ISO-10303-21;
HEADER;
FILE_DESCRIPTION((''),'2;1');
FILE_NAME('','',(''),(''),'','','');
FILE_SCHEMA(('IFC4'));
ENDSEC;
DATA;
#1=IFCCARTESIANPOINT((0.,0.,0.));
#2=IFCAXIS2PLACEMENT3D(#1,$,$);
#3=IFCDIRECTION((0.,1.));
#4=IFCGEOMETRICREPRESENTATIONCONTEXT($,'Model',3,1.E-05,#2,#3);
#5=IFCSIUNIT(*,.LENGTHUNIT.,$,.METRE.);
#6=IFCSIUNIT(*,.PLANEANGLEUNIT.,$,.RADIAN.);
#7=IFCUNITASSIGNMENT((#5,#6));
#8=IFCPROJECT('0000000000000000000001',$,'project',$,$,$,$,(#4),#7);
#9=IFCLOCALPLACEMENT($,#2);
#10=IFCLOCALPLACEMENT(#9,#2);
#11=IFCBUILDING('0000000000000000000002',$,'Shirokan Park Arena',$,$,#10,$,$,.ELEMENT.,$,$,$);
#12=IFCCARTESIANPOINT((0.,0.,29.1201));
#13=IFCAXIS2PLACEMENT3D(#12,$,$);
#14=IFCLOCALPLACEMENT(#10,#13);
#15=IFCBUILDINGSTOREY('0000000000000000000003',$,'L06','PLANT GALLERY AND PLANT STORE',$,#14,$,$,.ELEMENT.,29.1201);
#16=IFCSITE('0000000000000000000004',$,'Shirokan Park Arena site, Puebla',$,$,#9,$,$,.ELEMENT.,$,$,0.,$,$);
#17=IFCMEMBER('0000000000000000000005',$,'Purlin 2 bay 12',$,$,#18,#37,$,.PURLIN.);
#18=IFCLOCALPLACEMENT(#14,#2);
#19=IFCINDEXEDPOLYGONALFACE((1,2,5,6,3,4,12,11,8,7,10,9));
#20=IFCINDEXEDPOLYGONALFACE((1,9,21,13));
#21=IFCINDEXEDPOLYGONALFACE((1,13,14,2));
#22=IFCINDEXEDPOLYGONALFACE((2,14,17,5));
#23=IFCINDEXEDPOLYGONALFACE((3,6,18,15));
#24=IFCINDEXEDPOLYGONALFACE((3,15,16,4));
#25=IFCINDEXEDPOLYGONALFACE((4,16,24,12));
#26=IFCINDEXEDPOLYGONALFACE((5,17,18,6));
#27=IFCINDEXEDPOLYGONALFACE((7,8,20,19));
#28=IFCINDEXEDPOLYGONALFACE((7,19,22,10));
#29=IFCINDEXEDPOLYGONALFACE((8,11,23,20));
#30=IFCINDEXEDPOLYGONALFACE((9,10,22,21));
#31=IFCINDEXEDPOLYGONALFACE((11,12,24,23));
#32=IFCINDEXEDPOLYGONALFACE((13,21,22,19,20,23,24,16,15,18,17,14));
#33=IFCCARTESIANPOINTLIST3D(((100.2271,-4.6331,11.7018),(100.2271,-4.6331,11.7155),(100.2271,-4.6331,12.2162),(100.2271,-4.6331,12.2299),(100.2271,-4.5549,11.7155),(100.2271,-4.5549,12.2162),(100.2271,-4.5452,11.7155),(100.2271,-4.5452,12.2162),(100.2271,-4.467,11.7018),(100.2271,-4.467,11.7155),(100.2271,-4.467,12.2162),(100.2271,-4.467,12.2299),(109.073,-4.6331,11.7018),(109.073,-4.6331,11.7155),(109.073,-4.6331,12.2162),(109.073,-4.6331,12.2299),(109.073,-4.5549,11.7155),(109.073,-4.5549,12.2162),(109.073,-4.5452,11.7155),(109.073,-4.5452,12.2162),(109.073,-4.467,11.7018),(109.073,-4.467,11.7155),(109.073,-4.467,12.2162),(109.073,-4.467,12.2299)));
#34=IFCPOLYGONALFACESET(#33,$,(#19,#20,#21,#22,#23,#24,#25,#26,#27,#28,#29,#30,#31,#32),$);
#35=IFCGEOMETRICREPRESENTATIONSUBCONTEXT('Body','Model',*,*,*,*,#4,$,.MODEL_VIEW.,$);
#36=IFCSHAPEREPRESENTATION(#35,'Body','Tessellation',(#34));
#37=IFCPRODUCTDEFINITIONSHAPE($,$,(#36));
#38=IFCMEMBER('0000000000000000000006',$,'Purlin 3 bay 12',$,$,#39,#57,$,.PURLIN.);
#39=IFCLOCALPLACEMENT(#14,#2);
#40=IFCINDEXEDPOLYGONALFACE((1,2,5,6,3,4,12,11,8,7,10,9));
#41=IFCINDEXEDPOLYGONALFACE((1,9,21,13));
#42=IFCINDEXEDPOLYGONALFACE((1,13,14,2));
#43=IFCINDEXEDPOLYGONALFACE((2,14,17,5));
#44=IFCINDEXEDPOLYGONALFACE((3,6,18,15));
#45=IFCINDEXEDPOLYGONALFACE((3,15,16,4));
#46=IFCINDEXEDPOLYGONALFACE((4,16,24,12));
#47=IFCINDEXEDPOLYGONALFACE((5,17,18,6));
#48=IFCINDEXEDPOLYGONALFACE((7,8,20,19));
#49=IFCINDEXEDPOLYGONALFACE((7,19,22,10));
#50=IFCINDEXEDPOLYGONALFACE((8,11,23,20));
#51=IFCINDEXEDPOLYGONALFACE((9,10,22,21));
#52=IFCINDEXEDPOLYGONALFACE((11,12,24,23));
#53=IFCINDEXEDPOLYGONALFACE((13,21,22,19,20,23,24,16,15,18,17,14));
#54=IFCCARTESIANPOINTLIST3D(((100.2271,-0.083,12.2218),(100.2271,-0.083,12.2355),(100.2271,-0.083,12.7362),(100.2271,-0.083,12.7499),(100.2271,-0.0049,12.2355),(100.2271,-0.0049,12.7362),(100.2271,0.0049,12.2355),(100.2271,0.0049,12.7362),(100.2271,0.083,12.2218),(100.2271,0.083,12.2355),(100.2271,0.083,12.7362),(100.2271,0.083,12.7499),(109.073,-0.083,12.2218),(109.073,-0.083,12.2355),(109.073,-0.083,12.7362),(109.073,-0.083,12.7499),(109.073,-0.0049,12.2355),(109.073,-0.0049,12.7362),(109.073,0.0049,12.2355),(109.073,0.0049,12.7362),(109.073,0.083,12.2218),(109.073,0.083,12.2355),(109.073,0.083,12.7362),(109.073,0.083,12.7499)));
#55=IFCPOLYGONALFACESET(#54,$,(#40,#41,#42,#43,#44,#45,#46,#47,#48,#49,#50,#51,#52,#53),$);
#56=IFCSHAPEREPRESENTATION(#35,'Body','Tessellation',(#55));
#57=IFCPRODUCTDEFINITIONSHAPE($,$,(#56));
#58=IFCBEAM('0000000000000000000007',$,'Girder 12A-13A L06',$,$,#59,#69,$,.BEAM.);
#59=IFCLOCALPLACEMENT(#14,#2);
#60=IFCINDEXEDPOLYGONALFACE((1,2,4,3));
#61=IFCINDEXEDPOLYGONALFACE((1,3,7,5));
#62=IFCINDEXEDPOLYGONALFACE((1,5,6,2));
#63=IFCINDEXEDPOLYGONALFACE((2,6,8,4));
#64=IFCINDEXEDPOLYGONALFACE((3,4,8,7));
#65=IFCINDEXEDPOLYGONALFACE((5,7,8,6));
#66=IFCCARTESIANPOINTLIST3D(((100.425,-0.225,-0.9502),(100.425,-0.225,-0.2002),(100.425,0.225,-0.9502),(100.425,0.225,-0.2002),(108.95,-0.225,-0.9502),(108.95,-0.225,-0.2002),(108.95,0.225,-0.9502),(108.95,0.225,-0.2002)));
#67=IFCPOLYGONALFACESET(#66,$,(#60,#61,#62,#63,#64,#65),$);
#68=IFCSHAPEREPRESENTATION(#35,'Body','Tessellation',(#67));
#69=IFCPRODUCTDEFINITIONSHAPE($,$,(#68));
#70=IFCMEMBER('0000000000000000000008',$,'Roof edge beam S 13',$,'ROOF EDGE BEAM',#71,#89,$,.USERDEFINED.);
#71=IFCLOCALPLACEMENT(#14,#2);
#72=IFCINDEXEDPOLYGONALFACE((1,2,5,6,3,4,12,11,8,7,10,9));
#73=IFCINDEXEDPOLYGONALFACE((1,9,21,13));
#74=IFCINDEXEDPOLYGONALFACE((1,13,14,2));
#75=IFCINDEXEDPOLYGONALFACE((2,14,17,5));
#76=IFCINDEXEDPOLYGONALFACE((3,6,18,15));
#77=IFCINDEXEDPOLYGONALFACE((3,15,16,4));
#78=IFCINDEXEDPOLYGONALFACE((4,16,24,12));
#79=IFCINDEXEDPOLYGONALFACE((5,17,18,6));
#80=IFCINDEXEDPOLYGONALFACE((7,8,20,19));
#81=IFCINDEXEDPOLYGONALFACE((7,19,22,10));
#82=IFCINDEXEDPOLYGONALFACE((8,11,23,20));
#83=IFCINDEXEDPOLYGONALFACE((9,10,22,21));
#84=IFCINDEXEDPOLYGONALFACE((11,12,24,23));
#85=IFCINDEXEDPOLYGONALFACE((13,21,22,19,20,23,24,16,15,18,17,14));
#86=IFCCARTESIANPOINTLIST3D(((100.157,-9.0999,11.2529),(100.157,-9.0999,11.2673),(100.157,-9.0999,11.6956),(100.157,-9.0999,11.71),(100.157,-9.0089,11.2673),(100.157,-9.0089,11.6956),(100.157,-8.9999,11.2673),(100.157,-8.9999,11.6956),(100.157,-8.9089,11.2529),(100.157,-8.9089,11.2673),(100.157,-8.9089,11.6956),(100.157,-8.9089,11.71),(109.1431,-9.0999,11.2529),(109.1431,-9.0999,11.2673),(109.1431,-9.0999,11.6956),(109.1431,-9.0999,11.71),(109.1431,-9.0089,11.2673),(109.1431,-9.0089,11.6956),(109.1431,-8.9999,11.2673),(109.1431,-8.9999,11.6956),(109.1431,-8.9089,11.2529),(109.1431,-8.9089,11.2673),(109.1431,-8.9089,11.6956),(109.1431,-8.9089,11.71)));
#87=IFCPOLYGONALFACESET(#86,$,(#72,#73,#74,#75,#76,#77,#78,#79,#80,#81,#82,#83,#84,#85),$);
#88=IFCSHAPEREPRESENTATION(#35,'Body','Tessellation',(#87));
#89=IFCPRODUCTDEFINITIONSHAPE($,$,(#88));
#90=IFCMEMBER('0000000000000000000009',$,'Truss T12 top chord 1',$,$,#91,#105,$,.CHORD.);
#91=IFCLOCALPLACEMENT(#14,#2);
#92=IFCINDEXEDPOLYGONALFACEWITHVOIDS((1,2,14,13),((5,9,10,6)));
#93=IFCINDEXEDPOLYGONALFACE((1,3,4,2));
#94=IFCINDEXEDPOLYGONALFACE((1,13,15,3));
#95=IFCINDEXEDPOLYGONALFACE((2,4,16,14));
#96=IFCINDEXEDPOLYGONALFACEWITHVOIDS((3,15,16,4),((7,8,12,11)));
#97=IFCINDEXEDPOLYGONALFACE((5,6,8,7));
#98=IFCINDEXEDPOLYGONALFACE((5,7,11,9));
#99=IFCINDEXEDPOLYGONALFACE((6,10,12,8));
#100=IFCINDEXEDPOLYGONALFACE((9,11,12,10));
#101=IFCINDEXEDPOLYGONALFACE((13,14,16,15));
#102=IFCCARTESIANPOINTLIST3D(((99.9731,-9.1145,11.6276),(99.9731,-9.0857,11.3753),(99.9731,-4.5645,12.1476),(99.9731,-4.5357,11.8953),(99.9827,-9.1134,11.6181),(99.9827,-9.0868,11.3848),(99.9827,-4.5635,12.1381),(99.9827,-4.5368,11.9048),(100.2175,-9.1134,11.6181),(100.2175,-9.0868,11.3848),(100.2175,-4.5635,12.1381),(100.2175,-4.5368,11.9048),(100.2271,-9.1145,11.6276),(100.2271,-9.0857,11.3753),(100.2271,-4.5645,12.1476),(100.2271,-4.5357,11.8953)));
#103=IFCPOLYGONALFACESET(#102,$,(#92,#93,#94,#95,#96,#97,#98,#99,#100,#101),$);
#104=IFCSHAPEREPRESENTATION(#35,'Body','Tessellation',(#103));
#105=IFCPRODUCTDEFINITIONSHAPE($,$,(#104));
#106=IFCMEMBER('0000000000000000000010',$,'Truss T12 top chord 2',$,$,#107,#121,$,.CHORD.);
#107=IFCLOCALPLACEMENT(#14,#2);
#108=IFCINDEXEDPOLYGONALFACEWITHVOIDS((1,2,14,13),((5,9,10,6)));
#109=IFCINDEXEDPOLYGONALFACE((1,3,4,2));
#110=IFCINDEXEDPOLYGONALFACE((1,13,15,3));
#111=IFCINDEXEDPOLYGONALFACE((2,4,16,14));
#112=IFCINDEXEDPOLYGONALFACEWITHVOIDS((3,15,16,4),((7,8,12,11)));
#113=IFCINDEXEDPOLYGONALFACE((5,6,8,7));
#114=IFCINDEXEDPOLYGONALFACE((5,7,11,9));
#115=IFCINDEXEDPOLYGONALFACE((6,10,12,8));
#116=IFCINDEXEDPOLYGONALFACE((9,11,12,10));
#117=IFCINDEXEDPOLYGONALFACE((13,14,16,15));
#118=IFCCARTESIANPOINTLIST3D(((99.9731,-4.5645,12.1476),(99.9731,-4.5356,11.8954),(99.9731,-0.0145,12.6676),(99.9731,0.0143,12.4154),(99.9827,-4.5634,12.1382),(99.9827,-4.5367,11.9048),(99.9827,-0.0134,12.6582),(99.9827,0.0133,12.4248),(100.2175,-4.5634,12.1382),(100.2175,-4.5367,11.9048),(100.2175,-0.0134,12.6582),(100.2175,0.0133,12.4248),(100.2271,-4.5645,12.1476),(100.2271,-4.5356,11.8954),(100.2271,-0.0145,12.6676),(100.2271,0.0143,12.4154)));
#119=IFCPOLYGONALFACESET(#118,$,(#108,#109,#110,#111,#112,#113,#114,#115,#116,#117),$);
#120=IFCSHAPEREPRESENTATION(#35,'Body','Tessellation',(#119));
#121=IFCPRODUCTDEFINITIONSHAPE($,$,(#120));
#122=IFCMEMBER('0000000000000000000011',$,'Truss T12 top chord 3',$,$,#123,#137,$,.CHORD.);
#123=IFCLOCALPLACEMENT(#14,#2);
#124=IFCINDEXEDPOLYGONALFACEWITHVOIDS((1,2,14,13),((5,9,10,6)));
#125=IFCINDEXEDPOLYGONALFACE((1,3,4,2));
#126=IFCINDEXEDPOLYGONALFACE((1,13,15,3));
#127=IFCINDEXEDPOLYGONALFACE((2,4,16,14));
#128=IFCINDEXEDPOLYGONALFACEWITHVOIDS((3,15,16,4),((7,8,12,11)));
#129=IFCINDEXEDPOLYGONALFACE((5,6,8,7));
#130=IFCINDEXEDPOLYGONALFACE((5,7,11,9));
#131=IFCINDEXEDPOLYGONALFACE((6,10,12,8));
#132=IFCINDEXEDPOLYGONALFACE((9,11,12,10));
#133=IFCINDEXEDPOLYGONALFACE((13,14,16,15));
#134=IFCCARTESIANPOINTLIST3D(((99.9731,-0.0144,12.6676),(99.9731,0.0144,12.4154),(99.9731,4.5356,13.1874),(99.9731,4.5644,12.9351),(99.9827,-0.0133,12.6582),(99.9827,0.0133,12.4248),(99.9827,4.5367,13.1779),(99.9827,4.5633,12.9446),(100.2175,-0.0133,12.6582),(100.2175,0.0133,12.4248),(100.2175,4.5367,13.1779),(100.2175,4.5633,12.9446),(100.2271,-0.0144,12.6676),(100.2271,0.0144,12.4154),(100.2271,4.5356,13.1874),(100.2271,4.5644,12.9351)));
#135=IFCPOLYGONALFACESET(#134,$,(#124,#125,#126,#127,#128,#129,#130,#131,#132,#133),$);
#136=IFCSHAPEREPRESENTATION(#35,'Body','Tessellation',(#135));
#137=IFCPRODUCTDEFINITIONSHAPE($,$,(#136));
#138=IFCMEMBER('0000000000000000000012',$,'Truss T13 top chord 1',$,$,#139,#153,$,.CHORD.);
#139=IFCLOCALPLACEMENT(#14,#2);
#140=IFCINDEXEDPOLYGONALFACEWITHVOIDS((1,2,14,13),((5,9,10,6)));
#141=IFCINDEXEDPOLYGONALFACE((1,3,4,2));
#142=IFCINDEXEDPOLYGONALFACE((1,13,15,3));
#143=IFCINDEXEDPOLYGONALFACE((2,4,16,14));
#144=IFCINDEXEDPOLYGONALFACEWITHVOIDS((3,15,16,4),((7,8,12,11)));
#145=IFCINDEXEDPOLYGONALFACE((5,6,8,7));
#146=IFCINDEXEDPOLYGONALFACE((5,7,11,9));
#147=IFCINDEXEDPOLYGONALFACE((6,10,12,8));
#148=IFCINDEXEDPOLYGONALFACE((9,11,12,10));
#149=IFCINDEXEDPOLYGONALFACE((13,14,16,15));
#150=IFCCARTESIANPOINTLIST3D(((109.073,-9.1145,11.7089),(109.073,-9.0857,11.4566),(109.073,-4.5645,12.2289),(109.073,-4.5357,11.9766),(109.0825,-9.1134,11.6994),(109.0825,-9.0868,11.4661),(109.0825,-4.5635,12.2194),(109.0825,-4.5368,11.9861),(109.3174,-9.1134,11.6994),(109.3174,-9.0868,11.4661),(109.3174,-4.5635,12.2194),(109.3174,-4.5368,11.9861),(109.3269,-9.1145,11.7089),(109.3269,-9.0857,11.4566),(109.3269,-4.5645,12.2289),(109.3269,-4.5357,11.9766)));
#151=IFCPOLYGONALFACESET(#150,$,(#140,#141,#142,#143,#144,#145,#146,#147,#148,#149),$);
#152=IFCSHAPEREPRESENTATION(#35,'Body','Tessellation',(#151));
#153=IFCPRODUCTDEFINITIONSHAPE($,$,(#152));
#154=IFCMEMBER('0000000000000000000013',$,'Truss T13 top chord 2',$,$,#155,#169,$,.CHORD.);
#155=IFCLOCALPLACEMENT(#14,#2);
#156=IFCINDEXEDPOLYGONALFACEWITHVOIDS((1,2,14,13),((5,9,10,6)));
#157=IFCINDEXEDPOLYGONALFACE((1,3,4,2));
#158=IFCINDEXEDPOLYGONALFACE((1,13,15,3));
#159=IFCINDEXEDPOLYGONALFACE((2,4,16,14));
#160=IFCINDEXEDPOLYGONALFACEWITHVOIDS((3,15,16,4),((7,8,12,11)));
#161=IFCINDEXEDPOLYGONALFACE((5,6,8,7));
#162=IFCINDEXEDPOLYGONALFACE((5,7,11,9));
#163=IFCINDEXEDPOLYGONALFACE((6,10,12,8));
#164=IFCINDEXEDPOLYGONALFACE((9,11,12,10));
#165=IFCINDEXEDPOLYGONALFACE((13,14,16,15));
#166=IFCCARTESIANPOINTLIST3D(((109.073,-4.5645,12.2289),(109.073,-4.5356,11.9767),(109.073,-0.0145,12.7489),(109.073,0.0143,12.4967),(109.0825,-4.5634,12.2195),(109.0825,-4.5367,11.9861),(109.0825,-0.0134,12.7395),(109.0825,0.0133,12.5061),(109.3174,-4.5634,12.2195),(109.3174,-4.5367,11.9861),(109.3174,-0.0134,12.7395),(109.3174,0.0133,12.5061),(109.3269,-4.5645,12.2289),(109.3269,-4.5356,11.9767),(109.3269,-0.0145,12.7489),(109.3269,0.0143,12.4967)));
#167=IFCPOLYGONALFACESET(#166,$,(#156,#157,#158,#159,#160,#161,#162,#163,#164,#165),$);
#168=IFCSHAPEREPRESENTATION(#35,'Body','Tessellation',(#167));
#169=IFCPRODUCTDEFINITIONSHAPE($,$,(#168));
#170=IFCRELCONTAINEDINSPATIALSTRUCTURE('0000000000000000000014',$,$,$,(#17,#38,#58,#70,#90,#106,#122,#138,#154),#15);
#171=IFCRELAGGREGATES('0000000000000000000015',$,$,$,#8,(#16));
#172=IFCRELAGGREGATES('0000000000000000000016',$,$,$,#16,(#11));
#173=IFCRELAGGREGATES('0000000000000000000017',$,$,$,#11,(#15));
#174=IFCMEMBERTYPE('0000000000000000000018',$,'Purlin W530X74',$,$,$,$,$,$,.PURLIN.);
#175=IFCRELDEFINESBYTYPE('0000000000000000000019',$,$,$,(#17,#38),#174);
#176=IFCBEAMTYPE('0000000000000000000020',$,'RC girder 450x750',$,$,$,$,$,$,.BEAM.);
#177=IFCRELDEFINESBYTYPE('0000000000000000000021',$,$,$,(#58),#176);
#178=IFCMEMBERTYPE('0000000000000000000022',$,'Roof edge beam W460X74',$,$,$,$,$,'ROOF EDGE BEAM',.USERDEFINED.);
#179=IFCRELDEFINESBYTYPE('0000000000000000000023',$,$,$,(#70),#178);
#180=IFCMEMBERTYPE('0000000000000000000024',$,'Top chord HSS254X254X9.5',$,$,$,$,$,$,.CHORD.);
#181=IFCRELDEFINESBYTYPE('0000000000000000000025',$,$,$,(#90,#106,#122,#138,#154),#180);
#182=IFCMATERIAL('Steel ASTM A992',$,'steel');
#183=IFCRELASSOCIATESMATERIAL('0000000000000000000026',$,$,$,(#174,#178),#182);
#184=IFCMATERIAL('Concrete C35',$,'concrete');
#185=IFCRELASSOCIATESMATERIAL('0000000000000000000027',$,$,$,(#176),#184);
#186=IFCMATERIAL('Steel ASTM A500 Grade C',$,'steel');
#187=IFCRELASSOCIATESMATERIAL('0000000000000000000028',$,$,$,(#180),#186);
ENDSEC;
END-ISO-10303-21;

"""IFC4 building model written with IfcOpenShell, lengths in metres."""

from ifc_helpers import new_model, si_unit, direction, frame, origin, origin_2d, place, context, subcontext, project, spatial, rectangle, hollow_rectangle, i_section, extrude, material, material_profile, profile_set, type_object, element, save


model = new_model("IFC4")

# Units and contexts
model_context = context("Model", 3, precision=1e-05, world=origin(), true_north=direction((0.0, 1.0)))
body_context = subcontext(model_context, "Body", "Model", "MODEL_VIEW")
ifc_project = project(units=[si_unit("LENGTHUNIT", "METRE"), si_unit("PLANEANGLEUNIT", "RADIAN")], contexts=[model_context])

# Site, building, storey
site_placement = place(None, origin())
site = spatial("IfcSite", under=ifc_project, at=site_placement, Name="Shirokan Park Arena site, Puebla", CompositionType="ELEMENT", RefElevation=0.0)
building_placement = place(site_placement, origin())
building = spatial("IfcBuilding", under=site, at=building_placement, Name="Shirokan Park Arena", CompositionType="ELEMENT")
storey_placement = place(building_placement, frame((0.0, 0.0, 29.1201)))
storey = spatial("IfcBuildingStorey", under=building, at=storey_placement, Name="L06", Description="PLANT GALLERY AND PLANT STORE", CompositionType="ELEMENT", Elevation=29.1201)

# Shared definitions
ifc_material_1 = material(Name="Concrete C35", Category="concrete")

# Members
ifc_material_2 = material(Name="Steel ASTM A500 Grade C", Category="steel")
ifc_material_3 = material(Name="Steel ASTM A992", Category="steel")
ifc_material_profile_1 = material_profile(ifc_material_3, i_section(OverallWidth=0.166, OverallDepth=0.5281, WebThickness=0.0098, FlangeThickness=0.0137, at=origin_2d()), Name="W530X74")
ifc_profile_set_1 = profile_set([ifc_material_profile_1], Name="Steel ASTM A992")
member_type_1 = type_object("IfcMemberType", Name="Purlin W530X74", PredefinedType="PURLIN", material=ifc_profile_set_1)
for number, where, z_axis, x_axis, name in (
    (1, (100.2271, -4.55, 11.9658), (1.0, 0.0, 0.0), (0.0, 1.0, 0.0), "Purlin 2 bay 12"),
    (2, (100.2271, 0.0, 12.4858), (1.0, 0.0, 0.0), (0.0, 1.0, 0.0), "Purlin 3 bay 12"),
):
    element("IfcMember", number, at=place(storey_placement, frame(where, z_axis=z_axis, x_axis=x_axis)), inside=storey, type_object=member_type_1, Name=name, PredefinedType="PURLIN", context=body_context, shape_type="SweptSolid", body=[
        extrude(i_section(OverallWidth=0.166, OverallDepth=0.5281, WebThickness=0.0098, FlangeThickness=0.0137, at=origin_2d()), origin(), (0.0, 0.0, 1.0), 8.8459),
    ])

# Beam
ifc_material_profile_2 = material_profile(ifc_material_1, rectangle(XDim=0.45, YDim=0.75, at=origin_2d()), Name="450x750")
ifc_profile_set_2 = profile_set([ifc_material_profile_2], Name="Concrete C35")
beam_type = type_object("IfcBeamType", Name="RC girder 450x750", PredefinedType="BEAM", material=ifc_profile_set_2)
beam_placement = place(storey_placement, frame((100.425, 0.0, -0.5752), z_axis=(1.0, 0.0, 0.0), x_axis=(0.0, 1.0, 0.0)))
element("IfcBeam", 3, at=beam_placement, inside=storey, type_object=beam_type, Name="Girder 12A-13A L06", PredefinedType="BEAM", context=body_context, shape_type="SweptSolid", body=[
    extrude(rectangle(XDim=0.45, YDim=0.75, at=origin_2d()), origin(), (0.0, 0.0, 1.0), 8.5249),
])

# Members
ifc_material_profile_3 = material_profile(ifc_material_3, i_section(OverallWidth=0.1909, OverallDepth=0.457, WebThickness=0.009, FlangeThickness=0.0144, at=origin_2d()), Name="W460X74")
ifc_profile_set_3 = profile_set([ifc_material_profile_3], Name="Steel ASTM A992")
member_type_2 = type_object("IfcMemberType", Name="Roof edge beam W460X74", ElementType="ROOF EDGE BEAM", PredefinedType="USERDEFINED", material=ifc_profile_set_3)
member_1_placement = place(storey_placement, frame((100.157, -9.0044, 11.4814), z_axis=(1.0, 0.0, 0.0), x_axis=(0.0, 1.0, 0.0)))
element("IfcMember", 4, at=member_1_placement, inside=storey, type_object=member_type_2, Name="Roof edge beam S 13", ObjectType="ROOF EDGE BEAM", PredefinedType="USERDEFINED", context=body_context, shape_type="SweptSolid", body=[
    extrude(i_section(OverallWidth=0.1909, OverallDepth=0.457, WebThickness=0.009, FlangeThickness=0.0144, at=origin_2d()), origin(), (0.0, 0.0, 1.0), 8.9861),
])
ifc_material_profile_4 = material_profile(ifc_material_2, hollow_rectangle(XDim=0.2539, YDim=0.2539, WallThickness=0.0095, at=origin_2d()), Name="HSS254X254X9.5")
ifc_profile_set_4 = profile_set([ifc_material_profile_4], Name="Steel ASTM A500 Grade C")
member_type_3 = type_object("IfcMemberType", Name="Top chord HSS254X254X9.5", PredefinedType="CHORD", material=ifc_profile_set_4)
for number, where, z_axis, x_axis, name in (
    (5, (100.1001, -9.1001, 11.5015), (0.0, 0.993532, 0.11355), (-1.0, 0.0, 0.0), "Truss T12 top chord 1"),
    (6, (100.1001, -4.55, 12.0215), (0.0, 0.993532, 0.11355), (-1.0, 0.0, 0.0), "Truss T12 top chord 2"),
    (7, (100.1001, 0.0, 12.5415), (0.0, 0.993538, 0.113497), (-1.0, 0.0, 0.0), "Truss T12 top chord 3"),
    (8, (109.2, -9.1001, 11.5828), (0.0, 0.993532, 0.11355), (-1.0, 0.0, 0.0), "Truss T13 top chord 1"),
    (9, (109.2, -4.55, 12.1028), (0.0, 0.993532, 0.11355), (-1.0, 0.0, 0.0), "Truss T13 top chord 2"),
):
    element("IfcMember", number, at=place(storey_placement, frame(where, z_axis=z_axis, x_axis=x_axis)), inside=storey, type_object=member_type_3, Name=name, PredefinedType="CHORD", context=body_context, shape_type="SweptSolid", body=[
        extrude(hollow_rectangle(XDim=0.2539, YDim=0.2539, WallThickness=0.0095, at=origin_2d()), origin(), (0.0, 0.0, 1.0), 4.5796),
    ])

save(model, "model.ifc")
